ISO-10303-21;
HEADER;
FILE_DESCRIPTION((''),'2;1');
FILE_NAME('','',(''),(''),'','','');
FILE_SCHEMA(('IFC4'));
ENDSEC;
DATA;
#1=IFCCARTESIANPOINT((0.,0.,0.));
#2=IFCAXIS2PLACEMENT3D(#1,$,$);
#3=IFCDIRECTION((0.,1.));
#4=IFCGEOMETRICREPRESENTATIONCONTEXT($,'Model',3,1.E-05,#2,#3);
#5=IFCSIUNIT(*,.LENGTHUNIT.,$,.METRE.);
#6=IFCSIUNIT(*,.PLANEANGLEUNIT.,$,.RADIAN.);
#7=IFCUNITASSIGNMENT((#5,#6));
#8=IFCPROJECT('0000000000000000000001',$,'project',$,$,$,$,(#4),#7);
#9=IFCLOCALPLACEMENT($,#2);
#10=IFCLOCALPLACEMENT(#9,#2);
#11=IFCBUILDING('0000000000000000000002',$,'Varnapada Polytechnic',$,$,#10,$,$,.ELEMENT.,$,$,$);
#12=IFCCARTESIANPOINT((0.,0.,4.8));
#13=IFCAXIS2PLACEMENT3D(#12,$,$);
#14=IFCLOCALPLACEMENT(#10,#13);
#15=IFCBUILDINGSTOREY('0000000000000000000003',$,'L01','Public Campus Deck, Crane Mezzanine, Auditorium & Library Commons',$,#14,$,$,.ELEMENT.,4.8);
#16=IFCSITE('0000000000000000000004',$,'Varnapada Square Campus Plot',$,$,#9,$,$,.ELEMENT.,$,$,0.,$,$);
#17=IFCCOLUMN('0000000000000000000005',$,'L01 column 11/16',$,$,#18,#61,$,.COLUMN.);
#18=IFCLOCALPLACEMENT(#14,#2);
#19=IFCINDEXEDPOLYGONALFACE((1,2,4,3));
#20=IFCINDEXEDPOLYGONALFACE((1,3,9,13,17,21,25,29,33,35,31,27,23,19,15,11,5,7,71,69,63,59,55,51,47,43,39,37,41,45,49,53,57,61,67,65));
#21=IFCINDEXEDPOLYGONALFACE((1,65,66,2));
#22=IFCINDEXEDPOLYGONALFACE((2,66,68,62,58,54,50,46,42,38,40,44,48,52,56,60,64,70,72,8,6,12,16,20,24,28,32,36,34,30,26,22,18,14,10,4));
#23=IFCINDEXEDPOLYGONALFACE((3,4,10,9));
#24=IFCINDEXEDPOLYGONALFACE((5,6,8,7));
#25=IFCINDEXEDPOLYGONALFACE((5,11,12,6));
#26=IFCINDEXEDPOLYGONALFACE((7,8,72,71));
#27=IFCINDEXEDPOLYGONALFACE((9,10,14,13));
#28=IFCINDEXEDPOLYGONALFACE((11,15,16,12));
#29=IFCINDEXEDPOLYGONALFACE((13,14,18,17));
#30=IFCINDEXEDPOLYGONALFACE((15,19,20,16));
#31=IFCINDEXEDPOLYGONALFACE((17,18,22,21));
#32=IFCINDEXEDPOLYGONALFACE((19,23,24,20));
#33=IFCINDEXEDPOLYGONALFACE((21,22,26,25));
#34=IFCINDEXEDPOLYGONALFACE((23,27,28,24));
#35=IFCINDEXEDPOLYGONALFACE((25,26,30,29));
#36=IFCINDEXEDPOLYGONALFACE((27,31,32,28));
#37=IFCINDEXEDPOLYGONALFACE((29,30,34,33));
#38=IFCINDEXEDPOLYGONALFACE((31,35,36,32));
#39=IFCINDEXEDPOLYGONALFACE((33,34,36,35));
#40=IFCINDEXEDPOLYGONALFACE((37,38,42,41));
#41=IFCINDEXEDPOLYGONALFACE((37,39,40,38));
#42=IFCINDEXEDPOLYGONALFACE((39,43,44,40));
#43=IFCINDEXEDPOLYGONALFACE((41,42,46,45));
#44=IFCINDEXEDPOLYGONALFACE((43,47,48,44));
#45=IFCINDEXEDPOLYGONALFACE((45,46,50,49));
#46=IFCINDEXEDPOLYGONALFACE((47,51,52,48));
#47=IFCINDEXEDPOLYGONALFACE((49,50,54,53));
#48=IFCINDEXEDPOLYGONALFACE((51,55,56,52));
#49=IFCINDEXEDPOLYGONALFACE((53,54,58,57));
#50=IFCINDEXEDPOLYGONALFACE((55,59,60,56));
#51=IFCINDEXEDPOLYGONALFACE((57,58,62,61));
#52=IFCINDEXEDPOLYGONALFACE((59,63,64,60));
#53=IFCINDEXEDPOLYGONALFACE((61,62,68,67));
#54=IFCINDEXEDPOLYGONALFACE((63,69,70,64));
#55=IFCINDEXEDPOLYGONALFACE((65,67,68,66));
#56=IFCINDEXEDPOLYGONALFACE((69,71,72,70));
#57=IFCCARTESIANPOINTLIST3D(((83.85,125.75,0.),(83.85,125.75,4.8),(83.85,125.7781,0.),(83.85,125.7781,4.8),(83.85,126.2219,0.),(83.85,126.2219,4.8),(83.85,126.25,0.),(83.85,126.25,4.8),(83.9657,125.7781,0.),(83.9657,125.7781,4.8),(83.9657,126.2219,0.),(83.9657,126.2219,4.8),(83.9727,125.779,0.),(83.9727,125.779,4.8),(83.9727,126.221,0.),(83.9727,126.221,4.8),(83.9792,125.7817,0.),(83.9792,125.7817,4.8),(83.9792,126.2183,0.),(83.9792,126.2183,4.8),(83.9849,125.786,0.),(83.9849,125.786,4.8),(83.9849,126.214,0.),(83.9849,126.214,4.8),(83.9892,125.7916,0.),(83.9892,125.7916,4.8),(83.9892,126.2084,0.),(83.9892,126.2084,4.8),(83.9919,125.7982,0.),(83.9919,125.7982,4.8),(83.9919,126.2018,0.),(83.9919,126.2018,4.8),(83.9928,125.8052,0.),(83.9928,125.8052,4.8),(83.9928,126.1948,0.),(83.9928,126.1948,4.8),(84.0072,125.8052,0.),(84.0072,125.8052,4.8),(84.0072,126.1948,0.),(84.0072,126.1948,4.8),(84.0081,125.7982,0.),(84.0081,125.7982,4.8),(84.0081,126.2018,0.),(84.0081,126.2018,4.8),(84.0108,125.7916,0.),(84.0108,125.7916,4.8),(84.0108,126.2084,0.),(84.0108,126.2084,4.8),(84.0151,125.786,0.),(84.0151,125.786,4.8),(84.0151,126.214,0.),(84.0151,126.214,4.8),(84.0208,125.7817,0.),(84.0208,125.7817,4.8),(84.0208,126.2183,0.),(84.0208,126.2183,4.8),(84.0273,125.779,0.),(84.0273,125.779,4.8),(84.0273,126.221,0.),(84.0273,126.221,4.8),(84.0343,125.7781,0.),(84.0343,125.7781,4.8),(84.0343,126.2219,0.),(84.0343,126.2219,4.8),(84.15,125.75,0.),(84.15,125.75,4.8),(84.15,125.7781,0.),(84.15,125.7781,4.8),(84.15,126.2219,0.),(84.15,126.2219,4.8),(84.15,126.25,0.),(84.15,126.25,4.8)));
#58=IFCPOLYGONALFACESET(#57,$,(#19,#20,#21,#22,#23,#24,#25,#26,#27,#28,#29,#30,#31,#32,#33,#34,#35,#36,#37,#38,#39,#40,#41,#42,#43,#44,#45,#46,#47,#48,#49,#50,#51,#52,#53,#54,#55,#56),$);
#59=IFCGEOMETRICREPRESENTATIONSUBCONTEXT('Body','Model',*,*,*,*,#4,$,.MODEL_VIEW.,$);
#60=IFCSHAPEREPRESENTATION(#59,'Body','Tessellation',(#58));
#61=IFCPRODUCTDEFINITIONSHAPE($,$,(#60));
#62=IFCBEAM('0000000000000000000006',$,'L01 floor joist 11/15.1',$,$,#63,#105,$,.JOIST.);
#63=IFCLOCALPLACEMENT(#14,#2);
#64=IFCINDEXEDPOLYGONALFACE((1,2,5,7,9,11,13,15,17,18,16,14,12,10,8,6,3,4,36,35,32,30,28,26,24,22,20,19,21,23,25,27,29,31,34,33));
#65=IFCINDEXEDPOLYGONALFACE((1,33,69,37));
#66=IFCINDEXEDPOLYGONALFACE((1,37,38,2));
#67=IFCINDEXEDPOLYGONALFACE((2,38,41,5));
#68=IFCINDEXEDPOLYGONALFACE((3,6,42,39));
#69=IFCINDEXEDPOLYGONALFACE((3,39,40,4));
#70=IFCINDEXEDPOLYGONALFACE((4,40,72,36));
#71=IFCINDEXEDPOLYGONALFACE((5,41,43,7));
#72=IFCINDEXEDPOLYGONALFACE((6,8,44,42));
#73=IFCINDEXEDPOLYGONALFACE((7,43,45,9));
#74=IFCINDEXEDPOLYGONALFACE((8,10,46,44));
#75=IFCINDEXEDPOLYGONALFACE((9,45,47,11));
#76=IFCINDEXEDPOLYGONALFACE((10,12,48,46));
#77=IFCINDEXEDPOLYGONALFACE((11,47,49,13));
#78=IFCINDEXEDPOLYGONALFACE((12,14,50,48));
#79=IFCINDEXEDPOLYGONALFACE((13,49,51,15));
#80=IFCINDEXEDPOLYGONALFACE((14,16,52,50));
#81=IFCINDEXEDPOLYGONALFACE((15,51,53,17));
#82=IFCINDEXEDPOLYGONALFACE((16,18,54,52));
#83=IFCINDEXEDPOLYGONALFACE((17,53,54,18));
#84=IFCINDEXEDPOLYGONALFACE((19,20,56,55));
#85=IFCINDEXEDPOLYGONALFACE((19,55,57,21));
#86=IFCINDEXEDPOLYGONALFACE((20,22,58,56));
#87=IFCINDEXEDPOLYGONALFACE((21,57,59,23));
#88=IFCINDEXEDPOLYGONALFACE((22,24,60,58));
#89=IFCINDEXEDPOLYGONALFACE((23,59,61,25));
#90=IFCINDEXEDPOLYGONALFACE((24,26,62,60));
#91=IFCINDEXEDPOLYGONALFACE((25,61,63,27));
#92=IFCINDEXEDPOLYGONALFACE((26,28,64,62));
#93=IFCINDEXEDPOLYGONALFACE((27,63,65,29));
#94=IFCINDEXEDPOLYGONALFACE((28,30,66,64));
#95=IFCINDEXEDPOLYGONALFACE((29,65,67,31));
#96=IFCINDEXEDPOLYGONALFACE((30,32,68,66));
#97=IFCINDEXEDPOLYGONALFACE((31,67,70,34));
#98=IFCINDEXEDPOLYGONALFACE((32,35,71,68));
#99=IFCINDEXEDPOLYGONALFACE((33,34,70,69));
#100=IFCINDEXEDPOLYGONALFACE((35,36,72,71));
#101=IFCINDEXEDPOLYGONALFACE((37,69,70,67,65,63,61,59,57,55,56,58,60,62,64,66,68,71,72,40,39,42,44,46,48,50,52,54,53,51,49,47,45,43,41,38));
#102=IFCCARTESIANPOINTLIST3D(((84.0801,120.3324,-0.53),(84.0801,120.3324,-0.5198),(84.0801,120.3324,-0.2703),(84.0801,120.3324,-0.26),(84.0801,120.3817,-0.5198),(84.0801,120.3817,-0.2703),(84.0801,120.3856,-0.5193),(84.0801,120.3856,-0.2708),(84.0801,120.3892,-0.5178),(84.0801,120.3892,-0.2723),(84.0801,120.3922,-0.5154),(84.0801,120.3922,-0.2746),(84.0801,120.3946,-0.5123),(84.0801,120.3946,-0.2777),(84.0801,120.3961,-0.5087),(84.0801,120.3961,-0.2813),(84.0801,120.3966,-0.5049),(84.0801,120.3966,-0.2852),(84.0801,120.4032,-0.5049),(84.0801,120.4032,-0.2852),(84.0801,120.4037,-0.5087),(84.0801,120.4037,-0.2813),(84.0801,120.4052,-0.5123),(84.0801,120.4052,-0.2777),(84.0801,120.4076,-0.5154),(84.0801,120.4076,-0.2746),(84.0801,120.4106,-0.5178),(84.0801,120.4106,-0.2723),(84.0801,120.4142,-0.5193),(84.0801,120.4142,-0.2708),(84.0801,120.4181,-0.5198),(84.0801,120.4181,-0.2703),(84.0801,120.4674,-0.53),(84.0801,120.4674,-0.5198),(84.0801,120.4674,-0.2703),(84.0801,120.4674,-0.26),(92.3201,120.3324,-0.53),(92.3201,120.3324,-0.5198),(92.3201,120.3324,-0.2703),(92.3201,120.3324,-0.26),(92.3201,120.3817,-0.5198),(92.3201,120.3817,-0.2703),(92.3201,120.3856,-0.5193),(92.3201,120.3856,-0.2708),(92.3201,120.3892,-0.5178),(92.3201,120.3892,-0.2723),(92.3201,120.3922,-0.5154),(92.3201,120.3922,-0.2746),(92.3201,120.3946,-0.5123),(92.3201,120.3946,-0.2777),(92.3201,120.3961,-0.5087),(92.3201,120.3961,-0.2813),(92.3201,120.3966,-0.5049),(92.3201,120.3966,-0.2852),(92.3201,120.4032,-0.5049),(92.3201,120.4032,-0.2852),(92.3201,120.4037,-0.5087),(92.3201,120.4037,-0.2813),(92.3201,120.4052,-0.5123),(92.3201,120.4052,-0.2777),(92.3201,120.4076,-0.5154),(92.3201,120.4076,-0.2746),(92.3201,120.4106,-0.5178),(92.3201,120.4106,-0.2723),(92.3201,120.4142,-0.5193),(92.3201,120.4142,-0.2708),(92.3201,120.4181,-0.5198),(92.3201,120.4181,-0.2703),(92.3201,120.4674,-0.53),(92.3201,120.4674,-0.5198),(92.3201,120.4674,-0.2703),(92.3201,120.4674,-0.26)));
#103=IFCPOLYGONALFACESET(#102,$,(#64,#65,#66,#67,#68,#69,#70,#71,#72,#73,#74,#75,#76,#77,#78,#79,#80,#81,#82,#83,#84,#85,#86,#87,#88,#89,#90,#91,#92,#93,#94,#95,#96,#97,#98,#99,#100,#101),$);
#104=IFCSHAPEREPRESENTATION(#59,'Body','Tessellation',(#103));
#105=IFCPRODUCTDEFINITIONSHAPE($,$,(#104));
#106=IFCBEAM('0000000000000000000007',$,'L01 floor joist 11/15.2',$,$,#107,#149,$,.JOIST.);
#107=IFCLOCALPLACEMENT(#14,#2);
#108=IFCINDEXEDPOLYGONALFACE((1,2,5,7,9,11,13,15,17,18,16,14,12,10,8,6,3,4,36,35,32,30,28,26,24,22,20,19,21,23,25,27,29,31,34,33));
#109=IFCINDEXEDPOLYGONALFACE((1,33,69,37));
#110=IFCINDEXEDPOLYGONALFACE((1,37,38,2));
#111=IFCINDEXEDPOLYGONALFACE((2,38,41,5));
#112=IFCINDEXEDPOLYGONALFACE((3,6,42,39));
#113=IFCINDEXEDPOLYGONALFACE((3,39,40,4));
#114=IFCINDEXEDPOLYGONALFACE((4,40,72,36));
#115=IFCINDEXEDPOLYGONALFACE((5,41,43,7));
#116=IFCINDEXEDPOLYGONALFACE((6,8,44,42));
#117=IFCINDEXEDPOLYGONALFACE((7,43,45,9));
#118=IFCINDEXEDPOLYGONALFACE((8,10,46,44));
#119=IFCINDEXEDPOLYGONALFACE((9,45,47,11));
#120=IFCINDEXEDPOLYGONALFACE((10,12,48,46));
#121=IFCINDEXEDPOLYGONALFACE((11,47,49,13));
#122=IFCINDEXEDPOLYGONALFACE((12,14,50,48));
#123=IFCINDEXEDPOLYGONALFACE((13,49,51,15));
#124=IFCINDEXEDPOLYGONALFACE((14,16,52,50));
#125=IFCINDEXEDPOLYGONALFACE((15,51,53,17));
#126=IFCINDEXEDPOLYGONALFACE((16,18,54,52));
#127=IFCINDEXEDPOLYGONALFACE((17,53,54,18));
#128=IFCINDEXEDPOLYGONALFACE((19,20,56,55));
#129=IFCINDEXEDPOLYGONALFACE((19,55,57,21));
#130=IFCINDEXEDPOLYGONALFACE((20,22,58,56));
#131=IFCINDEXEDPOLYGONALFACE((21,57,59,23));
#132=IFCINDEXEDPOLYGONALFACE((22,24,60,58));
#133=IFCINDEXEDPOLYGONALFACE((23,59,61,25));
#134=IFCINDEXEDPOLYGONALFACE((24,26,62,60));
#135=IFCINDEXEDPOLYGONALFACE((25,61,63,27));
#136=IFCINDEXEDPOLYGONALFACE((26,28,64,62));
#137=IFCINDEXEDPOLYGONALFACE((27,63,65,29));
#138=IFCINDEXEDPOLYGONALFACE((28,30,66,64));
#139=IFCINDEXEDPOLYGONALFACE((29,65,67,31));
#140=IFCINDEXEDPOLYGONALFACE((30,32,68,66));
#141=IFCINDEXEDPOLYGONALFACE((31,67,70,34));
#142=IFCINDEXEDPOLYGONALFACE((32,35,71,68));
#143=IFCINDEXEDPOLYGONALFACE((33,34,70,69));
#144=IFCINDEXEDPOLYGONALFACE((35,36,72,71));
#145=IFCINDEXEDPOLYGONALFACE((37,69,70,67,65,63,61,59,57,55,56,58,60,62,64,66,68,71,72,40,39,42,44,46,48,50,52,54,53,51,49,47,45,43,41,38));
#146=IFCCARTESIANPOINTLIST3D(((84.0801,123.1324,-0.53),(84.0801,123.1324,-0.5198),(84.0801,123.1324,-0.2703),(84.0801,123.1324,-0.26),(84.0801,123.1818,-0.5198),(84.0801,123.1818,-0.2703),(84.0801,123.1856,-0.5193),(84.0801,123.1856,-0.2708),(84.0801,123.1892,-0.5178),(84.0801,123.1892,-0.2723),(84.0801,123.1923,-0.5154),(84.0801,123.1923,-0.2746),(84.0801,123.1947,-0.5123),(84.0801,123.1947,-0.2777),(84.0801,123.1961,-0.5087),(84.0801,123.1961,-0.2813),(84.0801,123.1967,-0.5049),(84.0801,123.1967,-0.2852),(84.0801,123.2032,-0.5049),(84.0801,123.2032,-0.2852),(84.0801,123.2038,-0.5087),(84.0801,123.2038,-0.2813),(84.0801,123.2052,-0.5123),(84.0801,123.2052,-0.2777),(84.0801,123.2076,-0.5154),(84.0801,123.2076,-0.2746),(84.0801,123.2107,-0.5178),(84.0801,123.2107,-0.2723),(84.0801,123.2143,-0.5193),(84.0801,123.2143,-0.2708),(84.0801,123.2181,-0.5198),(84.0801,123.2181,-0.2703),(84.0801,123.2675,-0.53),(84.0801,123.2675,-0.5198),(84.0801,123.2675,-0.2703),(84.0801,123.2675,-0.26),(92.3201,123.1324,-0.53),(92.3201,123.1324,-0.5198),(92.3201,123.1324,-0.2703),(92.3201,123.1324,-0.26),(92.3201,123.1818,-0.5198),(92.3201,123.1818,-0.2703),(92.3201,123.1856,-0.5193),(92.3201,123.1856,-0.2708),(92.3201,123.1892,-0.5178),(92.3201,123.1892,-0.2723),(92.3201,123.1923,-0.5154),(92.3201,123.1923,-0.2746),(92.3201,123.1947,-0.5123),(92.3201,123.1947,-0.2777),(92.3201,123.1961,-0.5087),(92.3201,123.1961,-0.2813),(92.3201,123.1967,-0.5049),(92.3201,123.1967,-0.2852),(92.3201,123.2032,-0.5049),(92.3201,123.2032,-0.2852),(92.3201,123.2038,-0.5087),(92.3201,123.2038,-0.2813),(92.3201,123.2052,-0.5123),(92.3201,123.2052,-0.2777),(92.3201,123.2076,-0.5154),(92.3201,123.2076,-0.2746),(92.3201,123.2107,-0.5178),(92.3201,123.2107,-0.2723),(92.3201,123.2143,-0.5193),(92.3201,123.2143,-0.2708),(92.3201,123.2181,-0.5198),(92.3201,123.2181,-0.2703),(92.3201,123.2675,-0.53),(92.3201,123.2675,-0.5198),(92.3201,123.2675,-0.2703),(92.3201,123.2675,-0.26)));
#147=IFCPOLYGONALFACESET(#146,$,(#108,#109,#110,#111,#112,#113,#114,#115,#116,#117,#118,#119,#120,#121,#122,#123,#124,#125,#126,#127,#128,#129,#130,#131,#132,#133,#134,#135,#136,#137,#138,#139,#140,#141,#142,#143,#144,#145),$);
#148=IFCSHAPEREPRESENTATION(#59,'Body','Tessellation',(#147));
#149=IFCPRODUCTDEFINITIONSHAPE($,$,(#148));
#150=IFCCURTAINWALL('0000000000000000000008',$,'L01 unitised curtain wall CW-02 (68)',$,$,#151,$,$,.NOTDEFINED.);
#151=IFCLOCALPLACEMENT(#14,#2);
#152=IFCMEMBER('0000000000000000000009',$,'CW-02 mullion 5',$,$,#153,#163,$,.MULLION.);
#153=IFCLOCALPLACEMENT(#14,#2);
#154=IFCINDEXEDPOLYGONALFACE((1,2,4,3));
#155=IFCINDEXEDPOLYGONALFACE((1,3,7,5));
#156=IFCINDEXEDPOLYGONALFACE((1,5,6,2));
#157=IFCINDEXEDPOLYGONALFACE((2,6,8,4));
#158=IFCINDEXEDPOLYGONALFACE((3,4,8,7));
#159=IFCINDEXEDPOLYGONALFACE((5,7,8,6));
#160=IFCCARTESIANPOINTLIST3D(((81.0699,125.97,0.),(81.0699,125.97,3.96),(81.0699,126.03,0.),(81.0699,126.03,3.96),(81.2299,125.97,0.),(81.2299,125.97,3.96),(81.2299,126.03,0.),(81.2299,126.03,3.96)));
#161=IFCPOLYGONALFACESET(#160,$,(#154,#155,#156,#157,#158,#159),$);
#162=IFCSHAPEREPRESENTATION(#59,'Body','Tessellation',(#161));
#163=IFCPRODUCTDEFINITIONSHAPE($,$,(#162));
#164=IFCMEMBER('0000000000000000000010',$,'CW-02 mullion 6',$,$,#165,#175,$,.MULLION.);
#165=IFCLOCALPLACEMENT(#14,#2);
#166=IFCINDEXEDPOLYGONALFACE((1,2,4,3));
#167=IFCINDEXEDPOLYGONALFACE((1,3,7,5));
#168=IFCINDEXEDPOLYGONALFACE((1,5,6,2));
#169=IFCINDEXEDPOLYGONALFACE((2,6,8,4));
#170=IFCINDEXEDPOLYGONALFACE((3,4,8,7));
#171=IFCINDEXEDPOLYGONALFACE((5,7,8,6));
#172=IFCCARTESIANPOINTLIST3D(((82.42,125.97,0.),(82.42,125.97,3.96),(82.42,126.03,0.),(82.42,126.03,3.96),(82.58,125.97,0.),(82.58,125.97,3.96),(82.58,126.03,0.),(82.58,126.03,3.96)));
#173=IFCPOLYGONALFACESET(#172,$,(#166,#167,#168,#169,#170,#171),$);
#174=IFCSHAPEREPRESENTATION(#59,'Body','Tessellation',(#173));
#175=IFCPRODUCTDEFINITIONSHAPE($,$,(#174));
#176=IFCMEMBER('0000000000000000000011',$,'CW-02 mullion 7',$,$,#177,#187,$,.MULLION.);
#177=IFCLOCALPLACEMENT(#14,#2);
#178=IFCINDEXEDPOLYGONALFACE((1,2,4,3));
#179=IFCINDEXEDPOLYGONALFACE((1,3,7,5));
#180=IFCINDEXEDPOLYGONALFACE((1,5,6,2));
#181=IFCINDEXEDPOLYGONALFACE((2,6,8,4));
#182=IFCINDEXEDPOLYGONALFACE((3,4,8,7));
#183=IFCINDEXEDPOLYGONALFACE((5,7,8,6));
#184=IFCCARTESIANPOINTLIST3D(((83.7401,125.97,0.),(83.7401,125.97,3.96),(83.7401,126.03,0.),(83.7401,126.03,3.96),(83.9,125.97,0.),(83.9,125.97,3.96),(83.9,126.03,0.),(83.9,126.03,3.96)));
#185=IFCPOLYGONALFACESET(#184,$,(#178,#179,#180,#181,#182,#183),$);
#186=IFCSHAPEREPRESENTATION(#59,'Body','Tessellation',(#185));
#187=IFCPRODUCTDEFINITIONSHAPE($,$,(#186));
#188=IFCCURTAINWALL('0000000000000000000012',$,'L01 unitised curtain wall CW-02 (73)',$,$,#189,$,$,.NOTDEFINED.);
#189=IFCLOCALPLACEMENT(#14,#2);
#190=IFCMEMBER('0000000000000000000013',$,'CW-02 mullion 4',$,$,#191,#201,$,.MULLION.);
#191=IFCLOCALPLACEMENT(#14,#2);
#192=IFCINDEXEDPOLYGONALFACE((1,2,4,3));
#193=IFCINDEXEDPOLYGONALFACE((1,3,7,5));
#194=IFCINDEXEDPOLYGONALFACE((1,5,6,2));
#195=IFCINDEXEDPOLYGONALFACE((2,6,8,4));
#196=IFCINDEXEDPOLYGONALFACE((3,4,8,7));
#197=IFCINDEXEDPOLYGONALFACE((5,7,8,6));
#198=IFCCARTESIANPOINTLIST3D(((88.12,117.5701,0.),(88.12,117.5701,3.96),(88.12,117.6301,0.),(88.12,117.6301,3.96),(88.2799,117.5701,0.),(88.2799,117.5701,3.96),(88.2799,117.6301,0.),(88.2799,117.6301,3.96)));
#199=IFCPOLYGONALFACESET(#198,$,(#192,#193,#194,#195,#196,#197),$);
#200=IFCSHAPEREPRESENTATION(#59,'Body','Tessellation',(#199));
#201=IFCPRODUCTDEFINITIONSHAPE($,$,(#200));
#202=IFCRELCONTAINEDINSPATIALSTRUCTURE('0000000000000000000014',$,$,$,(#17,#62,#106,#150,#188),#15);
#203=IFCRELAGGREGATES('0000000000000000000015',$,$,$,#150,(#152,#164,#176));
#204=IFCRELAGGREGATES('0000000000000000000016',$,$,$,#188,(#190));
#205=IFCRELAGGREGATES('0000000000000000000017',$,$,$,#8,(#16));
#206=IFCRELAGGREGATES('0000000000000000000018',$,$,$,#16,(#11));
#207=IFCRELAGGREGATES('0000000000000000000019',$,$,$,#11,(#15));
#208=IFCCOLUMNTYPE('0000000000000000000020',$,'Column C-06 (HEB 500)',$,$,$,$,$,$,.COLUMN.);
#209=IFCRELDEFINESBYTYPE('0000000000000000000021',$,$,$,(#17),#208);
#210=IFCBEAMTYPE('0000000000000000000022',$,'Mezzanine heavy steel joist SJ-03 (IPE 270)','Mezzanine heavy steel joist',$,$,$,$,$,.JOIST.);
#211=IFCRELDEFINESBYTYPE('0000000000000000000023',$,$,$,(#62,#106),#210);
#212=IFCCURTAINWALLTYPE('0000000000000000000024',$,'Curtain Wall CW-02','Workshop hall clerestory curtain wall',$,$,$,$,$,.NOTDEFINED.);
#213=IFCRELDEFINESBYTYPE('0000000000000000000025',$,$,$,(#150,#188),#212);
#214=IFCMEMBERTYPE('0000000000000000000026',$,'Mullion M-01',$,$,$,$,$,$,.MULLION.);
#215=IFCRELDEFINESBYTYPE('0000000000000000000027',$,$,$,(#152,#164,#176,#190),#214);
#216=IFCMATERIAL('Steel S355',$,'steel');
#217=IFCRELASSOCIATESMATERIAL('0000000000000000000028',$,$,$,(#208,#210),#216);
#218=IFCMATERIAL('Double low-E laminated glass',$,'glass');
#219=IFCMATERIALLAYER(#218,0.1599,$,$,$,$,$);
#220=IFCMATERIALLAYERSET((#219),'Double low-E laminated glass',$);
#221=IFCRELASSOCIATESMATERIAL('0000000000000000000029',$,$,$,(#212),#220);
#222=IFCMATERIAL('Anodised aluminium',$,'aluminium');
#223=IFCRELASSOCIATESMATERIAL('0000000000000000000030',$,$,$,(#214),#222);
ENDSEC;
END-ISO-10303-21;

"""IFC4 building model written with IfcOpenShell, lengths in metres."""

from ifc_helpers import new_model, si_unit, direction, frame, origin, origin_2d, place, context, subcontext, project, spatial, rectangle, i_section, extrude, material, layer, layer_set, material_profile, profile_set, type_object, element, aggregate, save


model = new_model("IFC4")

# Units and contexts
model_context = context("Model", 3, precision=1e-05, world=origin(), true_north=direction((0.0, 1.0)))
body_context = subcontext(model_context, "Body", "Model", "MODEL_VIEW")
ifc_project = project(units=[si_unit("LENGTHUNIT", "METRE"), si_unit("PLANEANGLEUNIT", "RADIAN")], contexts=[model_context])

# Site, building, storey
site_placement = place(None, origin())
site = spatial("IfcSite", under=ifc_project, at=site_placement, Name="Varnapada Square Campus Plot", CompositionType="ELEMENT", RefElevation=0.0)
building_placement = place(site_placement, origin())
building = spatial("IfcBuilding", under=site, at=building_placement, Name="Varnapada Polytechnic", CompositionType="ELEMENT")
storey_placement = place(building_placement, frame((0.0, 0.0, 4.8)))
storey = spatial("IfcBuildingStorey", under=building, at=storey_placement, Name="L01", Description="Public Campus Deck, Crane Mezzanine, Auditorium & Library Commons", CompositionType="ELEMENT", Elevation=4.8)

# Column
ifc_material_1 = material(Name="Steel S355", Category="steel")
ifc_material_profile_1 = material_profile(ifc_material_1, i_section(OverallWidth=0.3, OverallDepth=0.5, WebThickness=0.0144, FlangeThickness=0.0281, FilletRadius=0.0271, at=origin_2d()), Name="HEB 500")
ifc_profile_set_1 = profile_set([ifc_material_profile_1], Name="Steel S355")
column_type = type_object("IfcColumnType", Name="Column C-06 (HEB 500)", PredefinedType="COLUMN", material=ifc_profile_set_1)
column_placement = place(storey_placement, frame((84.0, 126.0, 0.0), z_axis=(0.0, 0.0, 1.0), x_axis=(1.0, 0.0, 0.0)))
element("IfcColumn", 1, at=column_placement, inside=storey, type_object=column_type, Name="L01 column 11/16", PredefinedType="COLUMN", context=body_context, shape_type="SweptSolid", body=[
    extrude(i_section(OverallWidth=0.3, OverallDepth=0.5, WebThickness=0.0144, FlangeThickness=0.0281, FilletRadius=0.0271, at=origin_2d()), origin(), (0.0, 0.0, 1.0), 4.8),
])

# Beams
ifc_material_profile_2 = material_profile(ifc_material_1, i_section(OverallWidth=0.135, OverallDepth=0.27, WebThickness=0.0066, FlangeThickness=0.0103, FilletRadius=0.0149, at=origin_2d()), Name="IPE 270")
ifc_profile_set_2 = profile_set([ifc_material_profile_2], Name="Steel S355")
beam_type = type_object("IfcBeamType", Name="Mezzanine heavy steel joist SJ-03 (IPE 270)", Description="Mezzanine heavy steel joist", PredefinedType="JOIST", material=ifc_profile_set_2)
for number, where, z_axis, x_axis, name in (
    (2, (84.0801, 120.3999, -0.395), (1.0, 0.0, 0.0), (0.0, 1.0, 0.0), "L01 floor joist 11/15.1"),
    (3, (84.0801, 123.2, -0.395), (1.0, 0.0, 0.0), (0.0, 1.0, 0.0), "L01 floor joist 11/15.2"),
):
    element("IfcBeam", number, at=place(storey_placement, frame(where, z_axis=z_axis, x_axis=x_axis)), inside=storey, type_object=beam_type, Name=name, PredefinedType="JOIST", context=body_context, shape_type="SweptSolid", body=[
        extrude(i_section(OverallWidth=0.135, OverallDepth=0.27, WebThickness=0.0066, FlangeThickness=0.0103, FilletRadius=0.0149, at=origin_2d()), origin(), (0.0, 0.0, 1.0), 8.24),
    ])

# Curtain wall, members
ifc_material_2 = material(Name="Double low-E laminated glass", Category="glass")
ifc_layer_1 = layer(ifc_material_2, 0.1599)
ifc_layer_set_1 = layer_set([ifc_layer_1], Name="Double low-E laminated glass")
curtain_wall_type = type_object("IfcCurtainWallType", Name="Curtain Wall CW-02", Description="Workshop hall clerestory curtain wall", PredefinedType="NOTDEFINED", material=ifc_layer_set_1)
curtain_wall_1_placement = place(storey_placement, origin())
curtain_wall_1 = element("IfcCurtainWall", 4, at=curtain_wall_1_placement, inside=storey, type_object=curtain_wall_type, Name="L01 unitised curtain wall CW-02 (68)", PredefinedType="NOTDEFINED")
ifc_material_3 = material(Name="Anodised aluminium", Category="aluminium")
ifc_material_profile_3 = material_profile(ifc_material_3, rectangle(XDim=0.0601, YDim=0.1599, at=origin_2d()), Name="ALU M60x160")
ifc_profile_set_3 = profile_set([ifc_material_profile_3], Name="Anodised aluminium")
member_type_1 = type_object("IfcMemberType", Name="Mullion M-01", PredefinedType="MULLION", material=ifc_profile_set_3)
member_1_placement = place(storey_placement, frame((81.1499, 126.0, 0.0), z_axis=(0.0, 0.0, 1.0), x_axis=(0.0, 1.0, 0.0)))
member_1 = element("IfcMember", 5, at=member_1_placement, type_object=member_type_1, Name="CW-02 mullion 5", PredefinedType="MULLION", context=body_context, shape_type="SweptSolid", body=[
    extrude(rectangle(XDim=0.0601, YDim=0.1599, at=origin_2d()), origin(), (0.0, 0.0, 1.0), 3.96),
])
member_2_placement = place(storey_placement, frame((82.5, 126.0, 0.0), z_axis=(0.0, 0.0, 1.0), x_axis=(0.0, 1.0, 0.0)))
member_2 = element("IfcMember", 6, at=member_2_placement, type_object=member_type_1, Name="CW-02 mullion 6", PredefinedType="MULLION", context=body_context, shape_type="SweptSolid", body=[
    extrude(rectangle(XDim=0.0601, YDim=0.1599, at=origin_2d()), origin(), (0.0, 0.0, 1.0), 3.96),
])
member_3_placement = place(storey_placement, frame((83.8201, 126.0, 0.0), z_axis=(0.0, 0.0, 1.0), x_axis=(0.0, 1.0, 0.0)))
member_3 = element("IfcMember", 7, at=member_3_placement, type_object=member_type_1, Name="CW-02 mullion 7", PredefinedType="MULLION", context=body_context, shape_type="SweptSolid", body=[
    extrude(rectangle(XDim=0.0601, YDim=0.1599, at=origin_2d()), origin(), (0.0, 0.0, 1.0), 3.96),
])

# Curtain wall, member
curtain_wall_2_placement = place(storey_placement, origin())
curtain_wall_2 = element("IfcCurtainWall", 8, at=curtain_wall_2_placement, inside=storey, type_object=curtain_wall_type, Name="L01 unitised curtain wall CW-02 (73)", PredefinedType="NOTDEFINED")
member_4_placement = place(storey_placement, frame((88.2, 117.6001, 0.0), z_axis=(0.0, 0.0, 1.0), x_axis=(0.0, -1.0, 0.0)))
member_4 = element("IfcMember", 9, at=member_4_placement, type_object=member_type_1, Name="CW-02 mullion 4", PredefinedType="MULLION", context=body_context, shape_type="SweptSolid", body=[
    extrude(rectangle(XDim=0.0601, YDim=0.1599, at=origin_2d()), origin(), (0.0, 0.0, 1.0), 3.96),
])

aggregate(curtain_wall_1, [member_1, member_2, member_3])
aggregate(curtain_wall_2, [member_4])

save(model, "model.ifc")
